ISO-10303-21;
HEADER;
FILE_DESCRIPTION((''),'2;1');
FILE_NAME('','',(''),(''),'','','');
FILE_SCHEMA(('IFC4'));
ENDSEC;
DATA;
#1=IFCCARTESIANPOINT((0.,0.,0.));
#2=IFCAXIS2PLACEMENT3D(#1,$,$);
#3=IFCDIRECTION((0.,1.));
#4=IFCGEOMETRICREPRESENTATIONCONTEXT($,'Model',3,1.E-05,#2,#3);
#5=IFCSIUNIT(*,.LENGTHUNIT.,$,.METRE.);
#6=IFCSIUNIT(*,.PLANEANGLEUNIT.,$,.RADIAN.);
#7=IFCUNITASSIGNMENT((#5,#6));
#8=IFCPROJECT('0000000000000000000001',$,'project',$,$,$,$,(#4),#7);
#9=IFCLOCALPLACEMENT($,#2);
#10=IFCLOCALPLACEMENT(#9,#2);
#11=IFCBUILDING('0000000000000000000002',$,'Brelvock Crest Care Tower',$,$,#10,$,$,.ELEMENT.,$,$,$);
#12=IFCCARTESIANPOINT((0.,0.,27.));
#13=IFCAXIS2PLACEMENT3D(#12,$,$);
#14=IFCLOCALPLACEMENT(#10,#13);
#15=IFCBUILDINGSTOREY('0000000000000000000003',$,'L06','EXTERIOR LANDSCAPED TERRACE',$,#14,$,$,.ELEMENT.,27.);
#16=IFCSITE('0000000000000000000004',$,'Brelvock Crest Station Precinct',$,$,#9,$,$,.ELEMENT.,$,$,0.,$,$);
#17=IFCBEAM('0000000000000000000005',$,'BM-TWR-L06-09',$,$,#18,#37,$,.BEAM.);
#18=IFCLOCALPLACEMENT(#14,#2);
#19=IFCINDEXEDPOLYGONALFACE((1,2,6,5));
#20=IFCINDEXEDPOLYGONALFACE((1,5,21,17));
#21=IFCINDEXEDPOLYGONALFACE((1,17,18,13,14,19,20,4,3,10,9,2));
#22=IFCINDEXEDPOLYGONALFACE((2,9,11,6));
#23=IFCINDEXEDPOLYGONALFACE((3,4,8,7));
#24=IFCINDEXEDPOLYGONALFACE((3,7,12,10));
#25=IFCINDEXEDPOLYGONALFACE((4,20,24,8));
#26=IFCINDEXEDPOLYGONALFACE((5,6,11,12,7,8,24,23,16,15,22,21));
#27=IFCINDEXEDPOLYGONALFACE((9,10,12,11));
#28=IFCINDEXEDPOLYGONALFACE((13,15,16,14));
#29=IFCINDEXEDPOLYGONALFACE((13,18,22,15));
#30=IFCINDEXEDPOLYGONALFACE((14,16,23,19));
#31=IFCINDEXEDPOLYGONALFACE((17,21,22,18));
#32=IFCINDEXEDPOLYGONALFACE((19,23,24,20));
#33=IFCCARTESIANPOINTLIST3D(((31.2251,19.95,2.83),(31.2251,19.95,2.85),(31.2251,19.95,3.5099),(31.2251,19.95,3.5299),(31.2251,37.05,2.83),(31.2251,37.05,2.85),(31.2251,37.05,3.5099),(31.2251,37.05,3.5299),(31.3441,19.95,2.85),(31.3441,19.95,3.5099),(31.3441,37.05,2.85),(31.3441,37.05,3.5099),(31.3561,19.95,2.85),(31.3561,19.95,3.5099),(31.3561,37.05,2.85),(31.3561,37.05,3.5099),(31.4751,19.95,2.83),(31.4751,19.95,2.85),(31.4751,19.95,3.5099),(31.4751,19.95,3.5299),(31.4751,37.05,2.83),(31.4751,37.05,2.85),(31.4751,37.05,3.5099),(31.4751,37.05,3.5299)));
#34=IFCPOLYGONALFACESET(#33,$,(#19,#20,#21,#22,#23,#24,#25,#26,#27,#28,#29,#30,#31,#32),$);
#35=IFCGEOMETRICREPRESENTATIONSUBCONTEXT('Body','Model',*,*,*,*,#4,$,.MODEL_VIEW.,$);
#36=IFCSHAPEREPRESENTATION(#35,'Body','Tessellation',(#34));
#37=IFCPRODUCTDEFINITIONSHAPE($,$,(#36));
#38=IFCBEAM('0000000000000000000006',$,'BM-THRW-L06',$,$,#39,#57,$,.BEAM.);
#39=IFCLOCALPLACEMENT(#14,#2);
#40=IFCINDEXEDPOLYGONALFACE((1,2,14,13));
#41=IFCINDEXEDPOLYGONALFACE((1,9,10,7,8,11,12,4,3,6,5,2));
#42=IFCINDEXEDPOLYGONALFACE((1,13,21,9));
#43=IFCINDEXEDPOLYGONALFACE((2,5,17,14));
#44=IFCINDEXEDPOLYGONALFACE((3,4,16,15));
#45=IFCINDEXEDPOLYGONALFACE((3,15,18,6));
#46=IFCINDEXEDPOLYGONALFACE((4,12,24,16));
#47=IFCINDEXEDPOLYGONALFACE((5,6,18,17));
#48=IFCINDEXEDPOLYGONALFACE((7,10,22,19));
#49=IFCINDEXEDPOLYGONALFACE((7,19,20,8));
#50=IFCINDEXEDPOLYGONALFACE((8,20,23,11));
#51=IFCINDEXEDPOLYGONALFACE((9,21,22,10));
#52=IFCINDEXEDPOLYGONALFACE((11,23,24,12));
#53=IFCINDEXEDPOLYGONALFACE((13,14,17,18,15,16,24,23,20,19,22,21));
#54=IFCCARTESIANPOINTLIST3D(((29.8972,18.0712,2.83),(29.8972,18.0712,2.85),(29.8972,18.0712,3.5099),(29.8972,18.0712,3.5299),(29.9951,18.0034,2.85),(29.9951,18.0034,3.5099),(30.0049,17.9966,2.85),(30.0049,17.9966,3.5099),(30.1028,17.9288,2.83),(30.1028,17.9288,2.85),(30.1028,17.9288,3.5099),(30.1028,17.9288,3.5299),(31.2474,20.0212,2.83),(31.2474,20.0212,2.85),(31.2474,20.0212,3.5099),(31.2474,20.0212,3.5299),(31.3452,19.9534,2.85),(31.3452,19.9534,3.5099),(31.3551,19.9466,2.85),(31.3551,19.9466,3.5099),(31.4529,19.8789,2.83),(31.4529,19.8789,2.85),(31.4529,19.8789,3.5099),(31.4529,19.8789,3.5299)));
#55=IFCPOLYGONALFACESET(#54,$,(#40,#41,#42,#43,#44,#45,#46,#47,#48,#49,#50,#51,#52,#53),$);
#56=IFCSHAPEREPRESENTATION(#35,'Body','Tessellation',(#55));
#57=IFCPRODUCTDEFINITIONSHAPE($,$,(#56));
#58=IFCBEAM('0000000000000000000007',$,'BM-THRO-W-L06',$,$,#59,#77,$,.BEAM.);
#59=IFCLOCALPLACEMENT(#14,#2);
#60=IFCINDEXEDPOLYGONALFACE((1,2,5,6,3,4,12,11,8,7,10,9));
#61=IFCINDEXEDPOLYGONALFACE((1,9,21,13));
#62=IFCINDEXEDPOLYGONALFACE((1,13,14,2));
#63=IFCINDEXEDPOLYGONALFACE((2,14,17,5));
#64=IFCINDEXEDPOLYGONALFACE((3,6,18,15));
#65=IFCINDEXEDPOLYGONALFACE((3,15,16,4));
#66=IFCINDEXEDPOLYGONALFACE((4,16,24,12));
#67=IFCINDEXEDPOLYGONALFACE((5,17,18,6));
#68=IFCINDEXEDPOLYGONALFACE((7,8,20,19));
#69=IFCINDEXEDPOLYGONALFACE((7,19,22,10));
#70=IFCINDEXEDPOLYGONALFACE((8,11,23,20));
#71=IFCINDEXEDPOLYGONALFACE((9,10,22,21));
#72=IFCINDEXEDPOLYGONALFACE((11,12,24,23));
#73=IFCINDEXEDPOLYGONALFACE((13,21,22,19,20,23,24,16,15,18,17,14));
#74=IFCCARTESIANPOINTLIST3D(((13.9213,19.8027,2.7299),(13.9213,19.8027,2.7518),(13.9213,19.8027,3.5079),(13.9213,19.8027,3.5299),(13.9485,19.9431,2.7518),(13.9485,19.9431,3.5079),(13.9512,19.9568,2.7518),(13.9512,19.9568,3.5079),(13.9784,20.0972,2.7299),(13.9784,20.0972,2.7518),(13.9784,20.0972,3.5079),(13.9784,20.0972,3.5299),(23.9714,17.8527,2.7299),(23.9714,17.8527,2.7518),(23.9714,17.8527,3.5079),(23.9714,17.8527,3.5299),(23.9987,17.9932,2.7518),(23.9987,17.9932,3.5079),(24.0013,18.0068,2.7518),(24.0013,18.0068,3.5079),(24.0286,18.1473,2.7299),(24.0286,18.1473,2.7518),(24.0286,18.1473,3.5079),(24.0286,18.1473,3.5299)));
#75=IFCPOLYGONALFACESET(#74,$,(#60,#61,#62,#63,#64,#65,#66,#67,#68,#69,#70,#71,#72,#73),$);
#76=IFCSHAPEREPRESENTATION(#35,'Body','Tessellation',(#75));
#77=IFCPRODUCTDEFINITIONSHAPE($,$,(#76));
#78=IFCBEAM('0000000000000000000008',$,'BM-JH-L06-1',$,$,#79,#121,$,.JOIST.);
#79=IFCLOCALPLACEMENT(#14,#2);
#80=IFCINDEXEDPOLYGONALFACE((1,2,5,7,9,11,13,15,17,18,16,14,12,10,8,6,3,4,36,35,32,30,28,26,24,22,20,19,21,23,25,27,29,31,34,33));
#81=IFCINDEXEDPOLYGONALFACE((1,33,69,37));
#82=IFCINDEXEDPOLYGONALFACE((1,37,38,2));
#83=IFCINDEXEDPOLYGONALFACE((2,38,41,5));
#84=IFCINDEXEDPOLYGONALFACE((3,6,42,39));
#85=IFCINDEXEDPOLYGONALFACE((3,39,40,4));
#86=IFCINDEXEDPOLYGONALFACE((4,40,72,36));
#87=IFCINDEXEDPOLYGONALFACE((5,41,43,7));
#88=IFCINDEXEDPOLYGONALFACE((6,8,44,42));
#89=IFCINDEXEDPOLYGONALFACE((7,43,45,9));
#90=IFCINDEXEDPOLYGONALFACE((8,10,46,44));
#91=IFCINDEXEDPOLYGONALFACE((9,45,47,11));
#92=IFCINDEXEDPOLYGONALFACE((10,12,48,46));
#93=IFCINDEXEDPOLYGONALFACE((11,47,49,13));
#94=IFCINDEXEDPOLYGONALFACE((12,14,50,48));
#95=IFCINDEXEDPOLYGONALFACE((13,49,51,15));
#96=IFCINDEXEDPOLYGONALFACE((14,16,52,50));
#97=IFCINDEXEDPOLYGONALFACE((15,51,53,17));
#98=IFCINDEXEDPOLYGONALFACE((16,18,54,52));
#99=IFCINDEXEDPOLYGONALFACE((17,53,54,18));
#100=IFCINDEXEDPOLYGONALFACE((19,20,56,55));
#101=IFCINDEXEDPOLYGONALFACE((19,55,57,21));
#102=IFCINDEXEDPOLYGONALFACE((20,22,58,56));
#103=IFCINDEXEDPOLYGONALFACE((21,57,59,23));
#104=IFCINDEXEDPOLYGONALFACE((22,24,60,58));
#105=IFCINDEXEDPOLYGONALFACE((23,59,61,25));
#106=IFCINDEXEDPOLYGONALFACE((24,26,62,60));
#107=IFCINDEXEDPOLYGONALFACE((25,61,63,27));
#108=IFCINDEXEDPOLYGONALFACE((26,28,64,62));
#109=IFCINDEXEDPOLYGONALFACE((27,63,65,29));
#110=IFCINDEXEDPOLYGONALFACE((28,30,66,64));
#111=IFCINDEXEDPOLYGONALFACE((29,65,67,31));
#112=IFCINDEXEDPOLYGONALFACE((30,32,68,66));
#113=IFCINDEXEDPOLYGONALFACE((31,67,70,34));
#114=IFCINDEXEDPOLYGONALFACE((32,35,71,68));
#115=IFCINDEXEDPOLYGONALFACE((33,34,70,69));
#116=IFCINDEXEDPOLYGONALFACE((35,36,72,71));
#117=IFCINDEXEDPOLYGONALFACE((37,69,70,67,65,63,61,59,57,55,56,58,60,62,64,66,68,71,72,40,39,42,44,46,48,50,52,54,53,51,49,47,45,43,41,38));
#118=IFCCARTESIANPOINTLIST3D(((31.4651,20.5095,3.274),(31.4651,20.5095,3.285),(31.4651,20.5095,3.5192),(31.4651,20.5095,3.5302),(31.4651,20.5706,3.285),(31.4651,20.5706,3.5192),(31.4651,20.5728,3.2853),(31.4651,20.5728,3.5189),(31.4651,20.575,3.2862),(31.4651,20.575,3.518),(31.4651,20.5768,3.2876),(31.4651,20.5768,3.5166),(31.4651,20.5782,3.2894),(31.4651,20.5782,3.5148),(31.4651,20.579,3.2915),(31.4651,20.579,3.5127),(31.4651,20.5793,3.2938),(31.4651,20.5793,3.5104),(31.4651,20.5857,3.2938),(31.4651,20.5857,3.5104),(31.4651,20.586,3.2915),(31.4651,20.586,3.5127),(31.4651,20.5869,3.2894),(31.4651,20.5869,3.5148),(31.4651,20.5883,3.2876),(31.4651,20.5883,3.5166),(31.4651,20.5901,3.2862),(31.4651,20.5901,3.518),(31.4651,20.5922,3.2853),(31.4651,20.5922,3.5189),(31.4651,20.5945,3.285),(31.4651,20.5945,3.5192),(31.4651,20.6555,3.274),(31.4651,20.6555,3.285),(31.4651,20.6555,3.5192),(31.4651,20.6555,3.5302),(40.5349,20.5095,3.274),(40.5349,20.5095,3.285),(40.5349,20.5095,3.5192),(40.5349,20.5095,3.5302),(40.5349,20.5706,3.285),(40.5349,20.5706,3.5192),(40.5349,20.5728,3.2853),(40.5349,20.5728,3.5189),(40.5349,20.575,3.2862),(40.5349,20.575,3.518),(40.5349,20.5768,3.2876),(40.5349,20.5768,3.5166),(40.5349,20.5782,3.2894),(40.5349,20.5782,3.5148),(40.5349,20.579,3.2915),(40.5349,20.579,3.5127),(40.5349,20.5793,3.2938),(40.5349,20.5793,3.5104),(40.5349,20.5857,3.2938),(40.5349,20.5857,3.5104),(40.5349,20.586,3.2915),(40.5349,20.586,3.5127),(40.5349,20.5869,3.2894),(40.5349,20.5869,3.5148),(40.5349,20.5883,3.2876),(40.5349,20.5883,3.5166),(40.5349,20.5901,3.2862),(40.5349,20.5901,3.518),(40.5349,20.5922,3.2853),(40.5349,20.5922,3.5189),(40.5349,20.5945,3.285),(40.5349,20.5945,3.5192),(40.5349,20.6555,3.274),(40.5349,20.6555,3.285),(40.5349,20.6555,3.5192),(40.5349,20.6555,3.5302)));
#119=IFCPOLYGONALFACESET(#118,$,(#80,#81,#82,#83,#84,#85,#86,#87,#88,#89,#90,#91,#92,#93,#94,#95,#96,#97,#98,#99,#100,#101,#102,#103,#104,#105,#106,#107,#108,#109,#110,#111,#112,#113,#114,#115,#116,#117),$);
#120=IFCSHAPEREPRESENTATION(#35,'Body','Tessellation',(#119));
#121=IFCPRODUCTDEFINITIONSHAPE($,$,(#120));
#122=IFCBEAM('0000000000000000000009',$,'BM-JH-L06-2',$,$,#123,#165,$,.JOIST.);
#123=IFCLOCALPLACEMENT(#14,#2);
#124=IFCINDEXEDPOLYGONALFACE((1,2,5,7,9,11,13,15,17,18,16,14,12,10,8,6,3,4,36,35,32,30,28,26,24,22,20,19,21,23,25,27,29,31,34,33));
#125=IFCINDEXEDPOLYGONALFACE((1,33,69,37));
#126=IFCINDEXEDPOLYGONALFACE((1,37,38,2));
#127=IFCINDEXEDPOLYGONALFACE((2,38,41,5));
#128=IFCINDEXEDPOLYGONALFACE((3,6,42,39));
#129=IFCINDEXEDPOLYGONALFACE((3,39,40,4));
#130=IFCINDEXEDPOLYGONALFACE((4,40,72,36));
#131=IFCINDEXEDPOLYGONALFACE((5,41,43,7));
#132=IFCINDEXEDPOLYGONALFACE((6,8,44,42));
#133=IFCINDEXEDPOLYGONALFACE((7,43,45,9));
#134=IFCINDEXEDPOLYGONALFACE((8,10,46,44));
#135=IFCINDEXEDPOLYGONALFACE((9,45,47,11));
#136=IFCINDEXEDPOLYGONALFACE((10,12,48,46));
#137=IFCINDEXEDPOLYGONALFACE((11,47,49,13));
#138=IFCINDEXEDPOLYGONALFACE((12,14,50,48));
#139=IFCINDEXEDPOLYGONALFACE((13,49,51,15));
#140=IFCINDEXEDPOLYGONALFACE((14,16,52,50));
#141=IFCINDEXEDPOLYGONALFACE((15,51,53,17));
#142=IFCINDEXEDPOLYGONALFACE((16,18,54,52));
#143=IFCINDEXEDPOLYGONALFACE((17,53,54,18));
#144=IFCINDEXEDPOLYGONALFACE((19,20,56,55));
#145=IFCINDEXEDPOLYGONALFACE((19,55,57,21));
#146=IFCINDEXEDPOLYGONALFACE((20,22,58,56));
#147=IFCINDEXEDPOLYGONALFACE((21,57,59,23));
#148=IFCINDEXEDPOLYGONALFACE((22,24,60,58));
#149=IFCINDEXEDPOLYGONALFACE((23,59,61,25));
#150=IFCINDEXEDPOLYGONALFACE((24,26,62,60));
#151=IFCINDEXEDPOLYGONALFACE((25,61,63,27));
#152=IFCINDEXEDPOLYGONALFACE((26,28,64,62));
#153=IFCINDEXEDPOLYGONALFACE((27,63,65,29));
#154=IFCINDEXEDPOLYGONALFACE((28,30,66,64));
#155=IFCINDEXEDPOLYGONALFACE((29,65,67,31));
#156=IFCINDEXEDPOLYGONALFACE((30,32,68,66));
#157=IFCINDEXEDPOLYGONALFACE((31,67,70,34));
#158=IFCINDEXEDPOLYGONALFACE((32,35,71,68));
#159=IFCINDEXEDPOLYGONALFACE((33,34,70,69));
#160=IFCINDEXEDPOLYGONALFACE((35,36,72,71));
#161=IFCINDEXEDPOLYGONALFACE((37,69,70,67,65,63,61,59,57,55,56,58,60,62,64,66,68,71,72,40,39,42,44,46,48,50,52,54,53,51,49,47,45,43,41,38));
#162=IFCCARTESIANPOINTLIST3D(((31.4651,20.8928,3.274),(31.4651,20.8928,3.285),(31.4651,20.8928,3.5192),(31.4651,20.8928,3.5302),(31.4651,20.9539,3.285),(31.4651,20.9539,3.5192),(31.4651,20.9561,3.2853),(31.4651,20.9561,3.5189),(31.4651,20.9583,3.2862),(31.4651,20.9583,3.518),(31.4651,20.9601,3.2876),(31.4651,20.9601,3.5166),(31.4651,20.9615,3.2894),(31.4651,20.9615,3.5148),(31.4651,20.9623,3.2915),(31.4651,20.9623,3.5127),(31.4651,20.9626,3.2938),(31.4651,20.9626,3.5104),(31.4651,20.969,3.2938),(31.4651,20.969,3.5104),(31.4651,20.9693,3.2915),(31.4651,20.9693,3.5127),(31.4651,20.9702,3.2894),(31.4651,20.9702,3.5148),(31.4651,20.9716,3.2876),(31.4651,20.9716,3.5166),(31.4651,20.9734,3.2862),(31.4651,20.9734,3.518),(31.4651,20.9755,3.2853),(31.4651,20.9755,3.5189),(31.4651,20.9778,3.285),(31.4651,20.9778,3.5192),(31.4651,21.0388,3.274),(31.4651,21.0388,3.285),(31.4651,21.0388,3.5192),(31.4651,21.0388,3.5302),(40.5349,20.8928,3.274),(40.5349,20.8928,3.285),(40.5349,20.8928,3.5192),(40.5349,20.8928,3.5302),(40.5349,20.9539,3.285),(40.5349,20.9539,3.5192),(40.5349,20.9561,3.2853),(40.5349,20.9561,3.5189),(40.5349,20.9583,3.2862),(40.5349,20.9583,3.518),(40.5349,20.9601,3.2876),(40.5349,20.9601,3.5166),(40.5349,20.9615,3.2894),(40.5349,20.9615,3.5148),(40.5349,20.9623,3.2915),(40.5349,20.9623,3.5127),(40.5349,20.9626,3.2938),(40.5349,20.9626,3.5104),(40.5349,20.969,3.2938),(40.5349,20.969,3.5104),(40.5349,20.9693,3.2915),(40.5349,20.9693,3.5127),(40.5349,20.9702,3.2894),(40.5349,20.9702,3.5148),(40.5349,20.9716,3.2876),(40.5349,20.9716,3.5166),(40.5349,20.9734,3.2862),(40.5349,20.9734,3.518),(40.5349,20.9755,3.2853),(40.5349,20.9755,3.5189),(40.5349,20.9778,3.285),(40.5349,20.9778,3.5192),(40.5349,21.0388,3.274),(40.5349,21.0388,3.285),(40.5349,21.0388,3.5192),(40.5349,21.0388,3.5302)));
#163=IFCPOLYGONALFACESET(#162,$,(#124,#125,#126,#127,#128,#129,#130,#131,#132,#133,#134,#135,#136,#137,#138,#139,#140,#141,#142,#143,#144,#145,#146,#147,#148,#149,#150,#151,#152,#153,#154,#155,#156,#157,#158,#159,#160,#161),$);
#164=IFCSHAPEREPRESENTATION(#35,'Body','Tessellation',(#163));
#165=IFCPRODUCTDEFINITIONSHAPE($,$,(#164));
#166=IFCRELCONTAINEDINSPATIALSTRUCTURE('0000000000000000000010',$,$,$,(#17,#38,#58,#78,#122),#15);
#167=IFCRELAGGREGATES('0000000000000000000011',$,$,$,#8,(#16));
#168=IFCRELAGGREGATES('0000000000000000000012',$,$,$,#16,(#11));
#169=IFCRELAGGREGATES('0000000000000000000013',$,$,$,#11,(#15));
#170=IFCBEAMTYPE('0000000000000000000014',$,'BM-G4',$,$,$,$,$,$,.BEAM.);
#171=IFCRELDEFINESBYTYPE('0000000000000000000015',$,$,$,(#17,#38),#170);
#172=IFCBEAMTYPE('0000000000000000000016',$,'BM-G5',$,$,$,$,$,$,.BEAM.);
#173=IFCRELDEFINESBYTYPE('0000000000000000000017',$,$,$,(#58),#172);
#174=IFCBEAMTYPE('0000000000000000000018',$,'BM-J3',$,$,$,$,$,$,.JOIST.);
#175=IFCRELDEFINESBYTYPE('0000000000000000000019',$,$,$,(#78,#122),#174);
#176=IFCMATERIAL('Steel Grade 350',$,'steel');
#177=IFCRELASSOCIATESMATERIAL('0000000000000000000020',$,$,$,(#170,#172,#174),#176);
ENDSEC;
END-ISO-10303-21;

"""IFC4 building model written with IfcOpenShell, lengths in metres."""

from ifc_helpers import new_model, si_unit, direction, frame, origin, origin_2d, place, context, subcontext, project, spatial, i_section, extrude, source, transform, mapped, material, material_profile, profile_set, type_object, element, save


model = new_model("IFC4")

# Units and contexts
model_context = context("Model", 3, precision=1e-05, world=origin(), true_north=direction((0.0, 1.0)))
body_context = subcontext(model_context, "Body", "Model", "MODEL_VIEW")
ifc_project = project(units=[si_unit("LENGTHUNIT", "METRE"), si_unit("PLANEANGLEUNIT", "RADIAN")], contexts=[model_context])

# Site, building, storey
site_placement = place(None, origin())
site = spatial("IfcSite", under=ifc_project, at=site_placement, Name="Brelvock Crest Station Precinct", CompositionType="ELEMENT", RefElevation=0.0)
building_placement = place(site_placement, origin())
building = spatial("IfcBuilding", under=site, at=building_placement, Name="Brelvock Crest Care Tower", CompositionType="ELEMENT")
storey_placement = place(building_placement, frame((0.0, 0.0, 27.0)))
storey = spatial("IfcBuildingStorey", under=building, at=storey_placement, Name="L06", Description="EXTERIOR LANDSCAPED TERRACE", CompositionType="ELEMENT", Elevation=27.0)

# Shared definitions
ifc_material_1 = material(Name="Steel Grade 350", Category="steel")

# Beams
ifc_material_profile_1 = material_profile(ifc_material_1, i_section(OverallWidth=0.25, OverallDepth=0.7, WebThickness=0.012, FlangeThickness=0.02, at=origin_2d()), Name="700WB150")
ifc_profile_set_1 = profile_set([ifc_material_profile_1], Name="Steel Grade 350")
beam_type_1 = type_object("IfcBeamType", Name="BM-G4", PredefinedType="BEAM", material=ifc_profile_set_1)
shared_shape_1 = source(origin(), body_context, "Body", "SweptSolid", [
    extrude(i_section(OverallWidth=0.25, OverallDepth=0.7, WebThickness=0.012, FlangeThickness=0.02, at=origin_2d()), origin(), (0.0, 0.0, 1.0), 17.1001),
])
beam_1_placement = place(storey_placement, frame((31.3501, 19.95, 3.1799), z_axis=(0.0, 1.0, 0.0), x_axis=(-1.0, 0.0, 0.0)))
element("IfcBeam", 1, at=beam_1_placement, inside=storey, type_object=beam_type_1, Name="BM-TWR-L06-09", PredefinedType="BEAM", context=body_context, shape_type="MappedRepresentation", body=[
    mapped(shared_shape_1, transform((0.0, 0.0, 0.0), x_axis=(1.0, 0.0, 0.0), y_axis=(0.0, 1.0, 0.0), z_axis=(0.0, 0.0, 1.0), scale=1.0)),
])
shared_shape_2 = source(origin(), body_context, "Body", "SweptSolid", [
    extrude(i_section(OverallWidth=0.25, OverallDepth=0.7, WebThickness=0.012, FlangeThickness=0.02, at=origin_2d()), origin(), (0.0, 0.0, 1.0), 2.3718),
])
beam_2_placement = place(storey_placement, frame((30.0, 18.0, 3.1799), z_axis=(0.569247, 0.822166, 0.0), x_axis=(-0.822166, 0.569247, 0.0)))
element("IfcBeam", 2, at=beam_2_placement, inside=storey, type_object=beam_type_1, Name="BM-THRW-L06", PredefinedType="BEAM", context=body_context, shape_type="MappedRepresentation", body=[
    mapped(shared_shape_2, transform((0.0, 0.0, 0.0), x_axis=(1.0, 0.0, 0.0), y_axis=(0.0, 1.0, 0.0), z_axis=(0.0, 0.0, 1.0), scale=1.0)),
])
ifc_material_profile_2 = material_profile(ifc_material_1, i_section(OverallWidth=0.3, OverallDepth=0.8, WebThickness=0.0139, FlangeThickness=0.022, at=origin_2d()), Name="800WB192")
ifc_profile_set_2 = profile_set([ifc_material_profile_2], Name="Steel Grade 350")
beam_type_2 = type_object("IfcBeamType", Name="BM-G5", PredefinedType="BEAM", material=ifc_profile_set_2)
shared_shape_3 = source(origin(), body_context, "Body", "SweptSolid", [
    extrude(i_section(OverallWidth=0.3, OverallDepth=0.8, WebThickness=0.0139, FlangeThickness=0.022, at=origin_2d()), origin(), (0.0, 0.0, 1.0), 10.2375),
])
beam_3_placement = place(storey_placement, frame((24.0, 18.0, 3.1299), z_axis=(-0.981693, 0.190472, 0.0), x_axis=(-0.190472, -0.981693, 0.0)))
element("IfcBeam", 3, at=beam_3_placement, inside=storey, type_object=beam_type_2, Name="BM-THRO-W-L06", PredefinedType="BEAM", context=body_context, shape_type="MappedRepresentation", body=[
    mapped(shared_shape_3, transform((0.0, 0.0, 0.0), x_axis=(1.0, 0.0, 0.0), y_axis=(0.0, 1.0, 0.0), z_axis=(0.0, 0.0, 1.0), scale=1.0)),
])
ifc_material_profile_3 = material_profile(ifc_material_1, i_section(OverallWidth=0.146, OverallDepth=0.2561, WebThickness=0.0063, FlangeThickness=0.011, FilletRadius=0.0088, at=origin_2d()), Name="250UB37.3")
ifc_profile_set_3 = profile_set([ifc_material_profile_3], Name="Steel Grade 350")
beam_type_3 = type_object("IfcBeamType", Name="BM-J3", PredefinedType="JOIST", material=ifc_profile_set_3)
shared_shape_4 = source(origin(), body_context, "Body", "SweptSolid", [
    extrude(i_section(OverallWidth=0.146, OverallDepth=0.2561, WebThickness=0.0063, FlangeThickness=0.011, FilletRadius=0.0088, at=origin_2d()), origin(), (0.0, 0.0, 1.0), 9.0698),
])
for number, where, z_axis, x_axis, name in (
    (4, (31.4651, 20.5825, 3.4021), (1.0, 0.0, 0.0), (0.0, 1.0, 0.0), "BM-JH-L06-1"),
    (5, (31.4651, 20.9658, 3.4021), (1.0, 0.0, 0.0), (0.0, 1.0, 0.0), "BM-JH-L06-2"),
):
    element("IfcBeam", number, at=place(storey_placement, frame(where, z_axis=z_axis, x_axis=x_axis)), inside=storey, type_object=beam_type_3, Name=name, PredefinedType="JOIST", context=body_context, shape_type="MappedRepresentation", body=[
        mapped(shared_shape_4, transform((0.0, 0.0, 0.0), x_axis=(1.0, 0.0, 0.0), y_axis=(0.0, 1.0, 0.0), z_axis=(0.0, 0.0, 1.0), scale=1.0)),
    ])

save(model, "model.ifc")
